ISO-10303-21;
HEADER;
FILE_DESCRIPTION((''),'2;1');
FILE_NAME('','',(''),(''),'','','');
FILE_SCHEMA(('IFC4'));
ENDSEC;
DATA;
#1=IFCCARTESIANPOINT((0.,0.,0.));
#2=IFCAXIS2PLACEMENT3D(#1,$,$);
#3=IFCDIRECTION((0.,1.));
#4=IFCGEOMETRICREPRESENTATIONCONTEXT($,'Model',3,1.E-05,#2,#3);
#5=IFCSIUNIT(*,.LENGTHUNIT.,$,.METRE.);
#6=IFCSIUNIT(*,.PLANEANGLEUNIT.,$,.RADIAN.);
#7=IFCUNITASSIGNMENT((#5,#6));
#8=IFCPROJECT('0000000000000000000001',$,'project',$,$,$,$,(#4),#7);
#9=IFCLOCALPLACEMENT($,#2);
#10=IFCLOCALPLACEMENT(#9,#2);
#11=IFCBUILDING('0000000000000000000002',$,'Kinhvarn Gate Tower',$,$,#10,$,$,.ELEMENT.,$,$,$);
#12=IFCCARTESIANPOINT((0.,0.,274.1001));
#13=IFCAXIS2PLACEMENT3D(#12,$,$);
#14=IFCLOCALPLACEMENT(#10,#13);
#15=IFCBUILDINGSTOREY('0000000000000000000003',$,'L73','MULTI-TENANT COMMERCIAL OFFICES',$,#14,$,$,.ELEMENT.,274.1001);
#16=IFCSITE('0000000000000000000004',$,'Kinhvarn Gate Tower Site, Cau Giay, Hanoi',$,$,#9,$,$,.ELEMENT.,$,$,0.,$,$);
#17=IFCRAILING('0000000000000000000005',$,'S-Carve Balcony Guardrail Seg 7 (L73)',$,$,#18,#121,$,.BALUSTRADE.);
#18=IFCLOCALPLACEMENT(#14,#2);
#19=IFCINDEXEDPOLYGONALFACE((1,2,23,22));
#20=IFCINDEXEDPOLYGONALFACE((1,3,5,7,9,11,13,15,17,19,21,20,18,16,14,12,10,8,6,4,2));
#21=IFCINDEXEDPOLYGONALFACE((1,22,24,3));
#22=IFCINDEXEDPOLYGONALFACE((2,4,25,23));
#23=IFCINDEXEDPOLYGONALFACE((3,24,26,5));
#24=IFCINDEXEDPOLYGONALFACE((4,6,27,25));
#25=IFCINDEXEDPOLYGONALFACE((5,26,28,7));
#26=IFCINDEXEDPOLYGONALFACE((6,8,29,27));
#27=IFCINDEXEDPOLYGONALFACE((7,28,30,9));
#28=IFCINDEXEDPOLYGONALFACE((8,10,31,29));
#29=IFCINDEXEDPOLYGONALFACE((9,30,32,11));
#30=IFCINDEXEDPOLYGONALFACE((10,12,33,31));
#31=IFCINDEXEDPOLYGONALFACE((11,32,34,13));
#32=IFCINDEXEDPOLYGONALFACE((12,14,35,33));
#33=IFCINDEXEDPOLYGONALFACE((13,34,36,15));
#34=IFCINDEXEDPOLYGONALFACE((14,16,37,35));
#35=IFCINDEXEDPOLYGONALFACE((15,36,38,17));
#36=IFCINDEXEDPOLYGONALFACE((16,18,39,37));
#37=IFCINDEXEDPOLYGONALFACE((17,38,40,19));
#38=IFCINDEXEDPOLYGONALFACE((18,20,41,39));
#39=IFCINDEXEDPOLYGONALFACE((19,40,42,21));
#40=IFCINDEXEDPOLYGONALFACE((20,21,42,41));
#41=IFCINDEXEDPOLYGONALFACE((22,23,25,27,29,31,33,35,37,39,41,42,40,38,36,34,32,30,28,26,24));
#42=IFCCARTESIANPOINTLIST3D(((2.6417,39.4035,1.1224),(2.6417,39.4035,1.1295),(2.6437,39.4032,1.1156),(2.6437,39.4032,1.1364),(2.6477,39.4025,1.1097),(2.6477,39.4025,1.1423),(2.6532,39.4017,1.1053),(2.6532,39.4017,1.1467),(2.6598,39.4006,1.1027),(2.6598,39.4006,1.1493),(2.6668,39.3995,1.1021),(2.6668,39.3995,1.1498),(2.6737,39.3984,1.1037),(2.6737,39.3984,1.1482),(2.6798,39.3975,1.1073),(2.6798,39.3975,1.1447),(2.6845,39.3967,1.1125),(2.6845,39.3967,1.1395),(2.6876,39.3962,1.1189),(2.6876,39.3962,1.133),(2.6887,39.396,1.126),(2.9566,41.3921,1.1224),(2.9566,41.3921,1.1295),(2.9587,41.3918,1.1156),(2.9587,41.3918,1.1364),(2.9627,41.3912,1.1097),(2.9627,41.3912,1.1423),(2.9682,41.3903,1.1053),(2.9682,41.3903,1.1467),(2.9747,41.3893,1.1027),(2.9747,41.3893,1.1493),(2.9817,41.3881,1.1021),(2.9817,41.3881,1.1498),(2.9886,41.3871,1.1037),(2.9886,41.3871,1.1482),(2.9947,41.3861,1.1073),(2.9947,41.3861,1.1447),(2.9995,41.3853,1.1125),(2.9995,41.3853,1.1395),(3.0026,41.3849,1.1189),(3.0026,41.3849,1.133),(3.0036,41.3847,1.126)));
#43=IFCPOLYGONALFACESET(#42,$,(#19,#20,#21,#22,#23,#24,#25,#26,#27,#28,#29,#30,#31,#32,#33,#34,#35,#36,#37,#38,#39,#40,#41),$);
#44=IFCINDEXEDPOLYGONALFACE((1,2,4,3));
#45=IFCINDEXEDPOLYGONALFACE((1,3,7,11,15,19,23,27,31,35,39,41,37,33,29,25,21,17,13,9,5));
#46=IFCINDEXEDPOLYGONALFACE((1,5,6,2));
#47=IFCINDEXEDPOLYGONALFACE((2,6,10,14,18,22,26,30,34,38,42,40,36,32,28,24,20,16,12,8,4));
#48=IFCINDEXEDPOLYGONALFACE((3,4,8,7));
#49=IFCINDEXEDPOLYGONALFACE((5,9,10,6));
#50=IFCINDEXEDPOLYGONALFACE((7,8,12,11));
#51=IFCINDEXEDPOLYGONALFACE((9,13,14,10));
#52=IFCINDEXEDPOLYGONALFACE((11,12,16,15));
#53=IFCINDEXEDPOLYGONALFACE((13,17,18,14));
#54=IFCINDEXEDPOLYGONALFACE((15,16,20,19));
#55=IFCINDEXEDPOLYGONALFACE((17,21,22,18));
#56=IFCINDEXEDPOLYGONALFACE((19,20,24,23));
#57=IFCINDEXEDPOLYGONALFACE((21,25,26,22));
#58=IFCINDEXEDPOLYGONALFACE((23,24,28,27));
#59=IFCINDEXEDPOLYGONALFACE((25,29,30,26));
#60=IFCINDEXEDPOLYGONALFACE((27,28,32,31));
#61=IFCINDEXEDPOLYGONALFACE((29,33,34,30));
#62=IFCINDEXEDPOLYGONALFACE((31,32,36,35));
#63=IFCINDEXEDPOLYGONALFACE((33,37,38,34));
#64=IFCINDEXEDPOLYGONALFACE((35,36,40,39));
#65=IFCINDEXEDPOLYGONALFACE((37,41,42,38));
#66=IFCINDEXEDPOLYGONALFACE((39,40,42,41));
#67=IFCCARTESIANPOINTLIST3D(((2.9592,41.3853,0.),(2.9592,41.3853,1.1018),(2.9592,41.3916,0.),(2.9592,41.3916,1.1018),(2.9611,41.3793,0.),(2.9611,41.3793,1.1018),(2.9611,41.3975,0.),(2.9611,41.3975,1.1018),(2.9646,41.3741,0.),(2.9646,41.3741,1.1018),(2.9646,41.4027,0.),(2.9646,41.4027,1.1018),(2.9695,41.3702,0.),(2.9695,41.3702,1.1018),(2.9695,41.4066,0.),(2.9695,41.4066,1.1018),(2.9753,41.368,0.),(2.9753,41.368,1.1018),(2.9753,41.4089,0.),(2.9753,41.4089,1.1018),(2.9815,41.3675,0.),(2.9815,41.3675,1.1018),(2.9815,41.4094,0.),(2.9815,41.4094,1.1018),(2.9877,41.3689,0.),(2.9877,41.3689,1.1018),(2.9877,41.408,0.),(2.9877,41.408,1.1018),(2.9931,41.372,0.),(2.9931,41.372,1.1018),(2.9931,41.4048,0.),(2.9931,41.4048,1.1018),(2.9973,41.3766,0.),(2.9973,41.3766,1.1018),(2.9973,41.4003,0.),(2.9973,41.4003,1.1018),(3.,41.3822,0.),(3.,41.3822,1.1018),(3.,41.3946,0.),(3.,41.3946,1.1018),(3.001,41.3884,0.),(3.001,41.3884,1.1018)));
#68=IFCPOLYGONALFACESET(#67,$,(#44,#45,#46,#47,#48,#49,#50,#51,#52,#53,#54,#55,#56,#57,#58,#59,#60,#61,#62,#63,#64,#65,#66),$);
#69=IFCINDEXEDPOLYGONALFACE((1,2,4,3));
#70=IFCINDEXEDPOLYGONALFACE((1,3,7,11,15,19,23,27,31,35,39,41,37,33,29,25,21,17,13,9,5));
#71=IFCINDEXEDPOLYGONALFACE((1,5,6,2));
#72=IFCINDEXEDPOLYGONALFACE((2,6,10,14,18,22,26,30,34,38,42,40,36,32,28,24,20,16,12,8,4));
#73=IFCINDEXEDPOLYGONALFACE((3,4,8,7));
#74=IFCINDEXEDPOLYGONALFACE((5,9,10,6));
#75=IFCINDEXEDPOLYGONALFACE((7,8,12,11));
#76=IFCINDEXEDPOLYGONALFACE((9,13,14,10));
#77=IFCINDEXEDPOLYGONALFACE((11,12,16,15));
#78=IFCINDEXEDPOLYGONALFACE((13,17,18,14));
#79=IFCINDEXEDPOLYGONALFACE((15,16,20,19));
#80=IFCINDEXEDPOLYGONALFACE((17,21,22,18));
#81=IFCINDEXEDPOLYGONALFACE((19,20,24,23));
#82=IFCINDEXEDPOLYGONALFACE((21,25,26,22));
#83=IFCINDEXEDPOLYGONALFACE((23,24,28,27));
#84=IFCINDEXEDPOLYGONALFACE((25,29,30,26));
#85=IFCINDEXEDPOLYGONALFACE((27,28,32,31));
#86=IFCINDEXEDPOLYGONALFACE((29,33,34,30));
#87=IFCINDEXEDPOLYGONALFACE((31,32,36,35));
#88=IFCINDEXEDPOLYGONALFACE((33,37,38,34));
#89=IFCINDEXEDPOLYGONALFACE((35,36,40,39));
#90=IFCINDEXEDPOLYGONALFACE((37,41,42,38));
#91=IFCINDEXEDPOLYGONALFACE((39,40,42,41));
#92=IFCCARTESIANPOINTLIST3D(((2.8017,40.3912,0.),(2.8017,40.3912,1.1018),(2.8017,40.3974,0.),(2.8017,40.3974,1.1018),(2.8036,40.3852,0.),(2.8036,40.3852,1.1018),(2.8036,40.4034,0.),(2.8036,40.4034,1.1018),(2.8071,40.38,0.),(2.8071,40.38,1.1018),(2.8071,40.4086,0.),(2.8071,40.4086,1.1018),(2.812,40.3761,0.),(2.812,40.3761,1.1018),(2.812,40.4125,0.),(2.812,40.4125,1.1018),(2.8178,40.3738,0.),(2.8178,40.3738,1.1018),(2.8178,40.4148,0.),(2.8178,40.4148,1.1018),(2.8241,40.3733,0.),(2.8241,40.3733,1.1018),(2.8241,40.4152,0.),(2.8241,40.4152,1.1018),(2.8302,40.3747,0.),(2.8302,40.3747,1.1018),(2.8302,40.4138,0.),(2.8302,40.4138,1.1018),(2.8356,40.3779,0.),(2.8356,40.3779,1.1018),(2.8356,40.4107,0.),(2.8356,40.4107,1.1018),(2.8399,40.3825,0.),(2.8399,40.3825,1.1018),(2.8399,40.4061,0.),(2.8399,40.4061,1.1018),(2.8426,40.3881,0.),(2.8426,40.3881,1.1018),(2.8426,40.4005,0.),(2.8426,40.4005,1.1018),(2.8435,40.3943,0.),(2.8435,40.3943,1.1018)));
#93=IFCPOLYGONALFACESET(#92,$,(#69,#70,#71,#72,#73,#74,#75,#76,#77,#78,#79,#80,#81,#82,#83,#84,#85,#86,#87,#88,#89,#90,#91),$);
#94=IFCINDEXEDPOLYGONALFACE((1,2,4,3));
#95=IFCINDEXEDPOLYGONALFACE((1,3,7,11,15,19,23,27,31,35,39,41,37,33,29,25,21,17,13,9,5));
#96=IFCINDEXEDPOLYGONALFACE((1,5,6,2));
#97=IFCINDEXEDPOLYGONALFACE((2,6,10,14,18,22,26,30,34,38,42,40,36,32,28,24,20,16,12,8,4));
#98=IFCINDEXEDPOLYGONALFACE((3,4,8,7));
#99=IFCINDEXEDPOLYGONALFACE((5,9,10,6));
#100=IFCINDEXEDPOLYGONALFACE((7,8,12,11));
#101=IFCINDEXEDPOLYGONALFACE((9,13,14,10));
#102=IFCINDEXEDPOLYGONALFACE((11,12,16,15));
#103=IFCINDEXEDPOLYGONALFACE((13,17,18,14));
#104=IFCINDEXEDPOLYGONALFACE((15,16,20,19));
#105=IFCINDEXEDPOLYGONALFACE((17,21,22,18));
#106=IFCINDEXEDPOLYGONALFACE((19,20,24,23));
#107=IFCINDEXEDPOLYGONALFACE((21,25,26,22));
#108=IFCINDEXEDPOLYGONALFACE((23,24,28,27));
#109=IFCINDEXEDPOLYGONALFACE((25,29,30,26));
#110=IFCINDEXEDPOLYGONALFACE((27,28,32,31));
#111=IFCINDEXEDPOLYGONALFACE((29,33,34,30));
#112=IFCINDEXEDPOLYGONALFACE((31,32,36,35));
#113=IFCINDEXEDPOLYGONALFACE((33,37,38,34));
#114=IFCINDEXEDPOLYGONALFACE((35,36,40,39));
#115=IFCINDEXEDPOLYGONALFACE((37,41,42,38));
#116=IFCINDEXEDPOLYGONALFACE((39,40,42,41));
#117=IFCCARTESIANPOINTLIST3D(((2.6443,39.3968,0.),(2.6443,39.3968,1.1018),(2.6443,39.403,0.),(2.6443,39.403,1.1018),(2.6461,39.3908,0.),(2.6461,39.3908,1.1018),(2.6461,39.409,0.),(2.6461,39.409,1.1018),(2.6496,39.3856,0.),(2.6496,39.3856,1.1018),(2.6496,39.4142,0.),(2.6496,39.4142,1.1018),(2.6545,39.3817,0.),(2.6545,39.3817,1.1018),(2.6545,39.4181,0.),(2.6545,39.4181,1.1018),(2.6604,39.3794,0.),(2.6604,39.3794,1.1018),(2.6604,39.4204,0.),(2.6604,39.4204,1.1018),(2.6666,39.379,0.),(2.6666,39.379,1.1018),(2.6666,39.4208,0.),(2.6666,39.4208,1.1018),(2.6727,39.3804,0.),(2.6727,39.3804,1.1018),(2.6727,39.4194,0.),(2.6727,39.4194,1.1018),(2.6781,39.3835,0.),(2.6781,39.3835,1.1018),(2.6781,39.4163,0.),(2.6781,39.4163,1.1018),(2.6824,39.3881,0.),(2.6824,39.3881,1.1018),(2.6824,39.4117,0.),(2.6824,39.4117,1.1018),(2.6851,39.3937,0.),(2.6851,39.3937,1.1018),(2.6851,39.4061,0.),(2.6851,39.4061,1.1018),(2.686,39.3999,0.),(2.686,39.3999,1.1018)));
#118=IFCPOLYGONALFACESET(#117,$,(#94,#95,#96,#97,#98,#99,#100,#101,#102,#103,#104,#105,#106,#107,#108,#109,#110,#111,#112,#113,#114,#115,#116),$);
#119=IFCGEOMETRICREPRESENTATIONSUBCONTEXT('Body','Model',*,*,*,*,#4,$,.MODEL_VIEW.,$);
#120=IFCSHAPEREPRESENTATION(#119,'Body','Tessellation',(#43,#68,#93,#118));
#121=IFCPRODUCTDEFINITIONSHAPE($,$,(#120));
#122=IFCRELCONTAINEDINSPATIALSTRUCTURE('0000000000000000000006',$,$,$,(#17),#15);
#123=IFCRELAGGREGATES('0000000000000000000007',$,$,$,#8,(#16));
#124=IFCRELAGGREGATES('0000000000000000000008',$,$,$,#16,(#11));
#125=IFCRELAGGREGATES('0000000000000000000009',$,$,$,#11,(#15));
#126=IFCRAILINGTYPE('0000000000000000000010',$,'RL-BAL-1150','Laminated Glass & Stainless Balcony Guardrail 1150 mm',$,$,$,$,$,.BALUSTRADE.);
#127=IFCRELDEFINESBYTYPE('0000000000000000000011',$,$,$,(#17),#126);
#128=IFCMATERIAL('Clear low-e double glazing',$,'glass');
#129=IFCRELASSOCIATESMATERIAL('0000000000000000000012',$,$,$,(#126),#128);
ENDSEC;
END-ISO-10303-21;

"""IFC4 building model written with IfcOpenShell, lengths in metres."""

from ifc_helpers import new_model, si_unit, direction, frame, origin, origin_2d, place, context, subcontext, project, spatial, circle, extrude, material, type_object, element, save


model = new_model("IFC4")

# Units and contexts
model_context = context("Model", 3, precision=1e-05, world=origin(), true_north=direction((0.0, 1.0)))
body_context = subcontext(model_context, "Body", "Model", "MODEL_VIEW")
ifc_project = project(units=[si_unit("LENGTHUNIT", "METRE"), si_unit("PLANEANGLEUNIT", "RADIAN")], contexts=[model_context])

# Site, building, storey
site_placement = place(None, origin())
site = spatial("IfcSite", under=ifc_project, at=site_placement, Name="Kinhvarn Gate Tower Site, Cau Giay, Hanoi", CompositionType="ELEMENT", RefElevation=0.0)
building_placement = place(site_placement, origin())
building = spatial("IfcBuilding", under=site, at=building_placement, Name="Kinhvarn Gate Tower", CompositionType="ELEMENT")
storey_placement = place(building_placement, frame((0.0, 0.0, 274.1001)))
storey = spatial("IfcBuildingStorey", under=building, at=storey_placement, Name="L73", Description="MULTI-TENANT COMMERCIAL OFFICES", CompositionType="ELEMENT", Elevation=274.1001)

# Shared definitions
ifc_material_1 = material(Name="Clear low-e double glazing", Category="glass")

# Railing
railing_type = type_object("IfcRailingType", Name="RL-BAL-1150", Description="Laminated Glass & Stainless Balcony Guardrail 1150 mm", PredefinedType="BALUSTRADE", material=ifc_material_1)
railing_1_placement = place(storey_placement, frame((2.98, 41.3884, 0.0)))
element("IfcRailing", 1, at=railing_1_placement, inside=storey, type_object=railing_type, Name="S-Carve Balcony Guardrail Seg 7 (L73)", PredefinedType="BALUSTRADE", context=body_context, shape_type="SweptSolid", body=[
    extrude(circle(Radius=0.0239, at=origin_2d()), frame((0.0, 0.0, 1.126), z_axis=(-0.15643, -0.987689, 0.0), x_axis=(0.987689, -0.15643, 0.0)), (0.0, 0.0, 1.0), 2.0134),
    extrude(circle(Radius=0.021, at=origin_2d()), origin(), (0.0, 0.0, 1.0), 1.1018),
    extrude(circle(Radius=0.021, at=origin_2d()), frame((-0.1575, -0.9941, 0.0)), (0.0, 0.0, 1.0), 1.1018),
    extrude(circle(Radius=0.021, at=origin_2d()), frame((-0.3149, -1.9885, 0.0)), (0.0, 0.0, 1.0), 1.1018),
])

save(model, "model.ifc")
